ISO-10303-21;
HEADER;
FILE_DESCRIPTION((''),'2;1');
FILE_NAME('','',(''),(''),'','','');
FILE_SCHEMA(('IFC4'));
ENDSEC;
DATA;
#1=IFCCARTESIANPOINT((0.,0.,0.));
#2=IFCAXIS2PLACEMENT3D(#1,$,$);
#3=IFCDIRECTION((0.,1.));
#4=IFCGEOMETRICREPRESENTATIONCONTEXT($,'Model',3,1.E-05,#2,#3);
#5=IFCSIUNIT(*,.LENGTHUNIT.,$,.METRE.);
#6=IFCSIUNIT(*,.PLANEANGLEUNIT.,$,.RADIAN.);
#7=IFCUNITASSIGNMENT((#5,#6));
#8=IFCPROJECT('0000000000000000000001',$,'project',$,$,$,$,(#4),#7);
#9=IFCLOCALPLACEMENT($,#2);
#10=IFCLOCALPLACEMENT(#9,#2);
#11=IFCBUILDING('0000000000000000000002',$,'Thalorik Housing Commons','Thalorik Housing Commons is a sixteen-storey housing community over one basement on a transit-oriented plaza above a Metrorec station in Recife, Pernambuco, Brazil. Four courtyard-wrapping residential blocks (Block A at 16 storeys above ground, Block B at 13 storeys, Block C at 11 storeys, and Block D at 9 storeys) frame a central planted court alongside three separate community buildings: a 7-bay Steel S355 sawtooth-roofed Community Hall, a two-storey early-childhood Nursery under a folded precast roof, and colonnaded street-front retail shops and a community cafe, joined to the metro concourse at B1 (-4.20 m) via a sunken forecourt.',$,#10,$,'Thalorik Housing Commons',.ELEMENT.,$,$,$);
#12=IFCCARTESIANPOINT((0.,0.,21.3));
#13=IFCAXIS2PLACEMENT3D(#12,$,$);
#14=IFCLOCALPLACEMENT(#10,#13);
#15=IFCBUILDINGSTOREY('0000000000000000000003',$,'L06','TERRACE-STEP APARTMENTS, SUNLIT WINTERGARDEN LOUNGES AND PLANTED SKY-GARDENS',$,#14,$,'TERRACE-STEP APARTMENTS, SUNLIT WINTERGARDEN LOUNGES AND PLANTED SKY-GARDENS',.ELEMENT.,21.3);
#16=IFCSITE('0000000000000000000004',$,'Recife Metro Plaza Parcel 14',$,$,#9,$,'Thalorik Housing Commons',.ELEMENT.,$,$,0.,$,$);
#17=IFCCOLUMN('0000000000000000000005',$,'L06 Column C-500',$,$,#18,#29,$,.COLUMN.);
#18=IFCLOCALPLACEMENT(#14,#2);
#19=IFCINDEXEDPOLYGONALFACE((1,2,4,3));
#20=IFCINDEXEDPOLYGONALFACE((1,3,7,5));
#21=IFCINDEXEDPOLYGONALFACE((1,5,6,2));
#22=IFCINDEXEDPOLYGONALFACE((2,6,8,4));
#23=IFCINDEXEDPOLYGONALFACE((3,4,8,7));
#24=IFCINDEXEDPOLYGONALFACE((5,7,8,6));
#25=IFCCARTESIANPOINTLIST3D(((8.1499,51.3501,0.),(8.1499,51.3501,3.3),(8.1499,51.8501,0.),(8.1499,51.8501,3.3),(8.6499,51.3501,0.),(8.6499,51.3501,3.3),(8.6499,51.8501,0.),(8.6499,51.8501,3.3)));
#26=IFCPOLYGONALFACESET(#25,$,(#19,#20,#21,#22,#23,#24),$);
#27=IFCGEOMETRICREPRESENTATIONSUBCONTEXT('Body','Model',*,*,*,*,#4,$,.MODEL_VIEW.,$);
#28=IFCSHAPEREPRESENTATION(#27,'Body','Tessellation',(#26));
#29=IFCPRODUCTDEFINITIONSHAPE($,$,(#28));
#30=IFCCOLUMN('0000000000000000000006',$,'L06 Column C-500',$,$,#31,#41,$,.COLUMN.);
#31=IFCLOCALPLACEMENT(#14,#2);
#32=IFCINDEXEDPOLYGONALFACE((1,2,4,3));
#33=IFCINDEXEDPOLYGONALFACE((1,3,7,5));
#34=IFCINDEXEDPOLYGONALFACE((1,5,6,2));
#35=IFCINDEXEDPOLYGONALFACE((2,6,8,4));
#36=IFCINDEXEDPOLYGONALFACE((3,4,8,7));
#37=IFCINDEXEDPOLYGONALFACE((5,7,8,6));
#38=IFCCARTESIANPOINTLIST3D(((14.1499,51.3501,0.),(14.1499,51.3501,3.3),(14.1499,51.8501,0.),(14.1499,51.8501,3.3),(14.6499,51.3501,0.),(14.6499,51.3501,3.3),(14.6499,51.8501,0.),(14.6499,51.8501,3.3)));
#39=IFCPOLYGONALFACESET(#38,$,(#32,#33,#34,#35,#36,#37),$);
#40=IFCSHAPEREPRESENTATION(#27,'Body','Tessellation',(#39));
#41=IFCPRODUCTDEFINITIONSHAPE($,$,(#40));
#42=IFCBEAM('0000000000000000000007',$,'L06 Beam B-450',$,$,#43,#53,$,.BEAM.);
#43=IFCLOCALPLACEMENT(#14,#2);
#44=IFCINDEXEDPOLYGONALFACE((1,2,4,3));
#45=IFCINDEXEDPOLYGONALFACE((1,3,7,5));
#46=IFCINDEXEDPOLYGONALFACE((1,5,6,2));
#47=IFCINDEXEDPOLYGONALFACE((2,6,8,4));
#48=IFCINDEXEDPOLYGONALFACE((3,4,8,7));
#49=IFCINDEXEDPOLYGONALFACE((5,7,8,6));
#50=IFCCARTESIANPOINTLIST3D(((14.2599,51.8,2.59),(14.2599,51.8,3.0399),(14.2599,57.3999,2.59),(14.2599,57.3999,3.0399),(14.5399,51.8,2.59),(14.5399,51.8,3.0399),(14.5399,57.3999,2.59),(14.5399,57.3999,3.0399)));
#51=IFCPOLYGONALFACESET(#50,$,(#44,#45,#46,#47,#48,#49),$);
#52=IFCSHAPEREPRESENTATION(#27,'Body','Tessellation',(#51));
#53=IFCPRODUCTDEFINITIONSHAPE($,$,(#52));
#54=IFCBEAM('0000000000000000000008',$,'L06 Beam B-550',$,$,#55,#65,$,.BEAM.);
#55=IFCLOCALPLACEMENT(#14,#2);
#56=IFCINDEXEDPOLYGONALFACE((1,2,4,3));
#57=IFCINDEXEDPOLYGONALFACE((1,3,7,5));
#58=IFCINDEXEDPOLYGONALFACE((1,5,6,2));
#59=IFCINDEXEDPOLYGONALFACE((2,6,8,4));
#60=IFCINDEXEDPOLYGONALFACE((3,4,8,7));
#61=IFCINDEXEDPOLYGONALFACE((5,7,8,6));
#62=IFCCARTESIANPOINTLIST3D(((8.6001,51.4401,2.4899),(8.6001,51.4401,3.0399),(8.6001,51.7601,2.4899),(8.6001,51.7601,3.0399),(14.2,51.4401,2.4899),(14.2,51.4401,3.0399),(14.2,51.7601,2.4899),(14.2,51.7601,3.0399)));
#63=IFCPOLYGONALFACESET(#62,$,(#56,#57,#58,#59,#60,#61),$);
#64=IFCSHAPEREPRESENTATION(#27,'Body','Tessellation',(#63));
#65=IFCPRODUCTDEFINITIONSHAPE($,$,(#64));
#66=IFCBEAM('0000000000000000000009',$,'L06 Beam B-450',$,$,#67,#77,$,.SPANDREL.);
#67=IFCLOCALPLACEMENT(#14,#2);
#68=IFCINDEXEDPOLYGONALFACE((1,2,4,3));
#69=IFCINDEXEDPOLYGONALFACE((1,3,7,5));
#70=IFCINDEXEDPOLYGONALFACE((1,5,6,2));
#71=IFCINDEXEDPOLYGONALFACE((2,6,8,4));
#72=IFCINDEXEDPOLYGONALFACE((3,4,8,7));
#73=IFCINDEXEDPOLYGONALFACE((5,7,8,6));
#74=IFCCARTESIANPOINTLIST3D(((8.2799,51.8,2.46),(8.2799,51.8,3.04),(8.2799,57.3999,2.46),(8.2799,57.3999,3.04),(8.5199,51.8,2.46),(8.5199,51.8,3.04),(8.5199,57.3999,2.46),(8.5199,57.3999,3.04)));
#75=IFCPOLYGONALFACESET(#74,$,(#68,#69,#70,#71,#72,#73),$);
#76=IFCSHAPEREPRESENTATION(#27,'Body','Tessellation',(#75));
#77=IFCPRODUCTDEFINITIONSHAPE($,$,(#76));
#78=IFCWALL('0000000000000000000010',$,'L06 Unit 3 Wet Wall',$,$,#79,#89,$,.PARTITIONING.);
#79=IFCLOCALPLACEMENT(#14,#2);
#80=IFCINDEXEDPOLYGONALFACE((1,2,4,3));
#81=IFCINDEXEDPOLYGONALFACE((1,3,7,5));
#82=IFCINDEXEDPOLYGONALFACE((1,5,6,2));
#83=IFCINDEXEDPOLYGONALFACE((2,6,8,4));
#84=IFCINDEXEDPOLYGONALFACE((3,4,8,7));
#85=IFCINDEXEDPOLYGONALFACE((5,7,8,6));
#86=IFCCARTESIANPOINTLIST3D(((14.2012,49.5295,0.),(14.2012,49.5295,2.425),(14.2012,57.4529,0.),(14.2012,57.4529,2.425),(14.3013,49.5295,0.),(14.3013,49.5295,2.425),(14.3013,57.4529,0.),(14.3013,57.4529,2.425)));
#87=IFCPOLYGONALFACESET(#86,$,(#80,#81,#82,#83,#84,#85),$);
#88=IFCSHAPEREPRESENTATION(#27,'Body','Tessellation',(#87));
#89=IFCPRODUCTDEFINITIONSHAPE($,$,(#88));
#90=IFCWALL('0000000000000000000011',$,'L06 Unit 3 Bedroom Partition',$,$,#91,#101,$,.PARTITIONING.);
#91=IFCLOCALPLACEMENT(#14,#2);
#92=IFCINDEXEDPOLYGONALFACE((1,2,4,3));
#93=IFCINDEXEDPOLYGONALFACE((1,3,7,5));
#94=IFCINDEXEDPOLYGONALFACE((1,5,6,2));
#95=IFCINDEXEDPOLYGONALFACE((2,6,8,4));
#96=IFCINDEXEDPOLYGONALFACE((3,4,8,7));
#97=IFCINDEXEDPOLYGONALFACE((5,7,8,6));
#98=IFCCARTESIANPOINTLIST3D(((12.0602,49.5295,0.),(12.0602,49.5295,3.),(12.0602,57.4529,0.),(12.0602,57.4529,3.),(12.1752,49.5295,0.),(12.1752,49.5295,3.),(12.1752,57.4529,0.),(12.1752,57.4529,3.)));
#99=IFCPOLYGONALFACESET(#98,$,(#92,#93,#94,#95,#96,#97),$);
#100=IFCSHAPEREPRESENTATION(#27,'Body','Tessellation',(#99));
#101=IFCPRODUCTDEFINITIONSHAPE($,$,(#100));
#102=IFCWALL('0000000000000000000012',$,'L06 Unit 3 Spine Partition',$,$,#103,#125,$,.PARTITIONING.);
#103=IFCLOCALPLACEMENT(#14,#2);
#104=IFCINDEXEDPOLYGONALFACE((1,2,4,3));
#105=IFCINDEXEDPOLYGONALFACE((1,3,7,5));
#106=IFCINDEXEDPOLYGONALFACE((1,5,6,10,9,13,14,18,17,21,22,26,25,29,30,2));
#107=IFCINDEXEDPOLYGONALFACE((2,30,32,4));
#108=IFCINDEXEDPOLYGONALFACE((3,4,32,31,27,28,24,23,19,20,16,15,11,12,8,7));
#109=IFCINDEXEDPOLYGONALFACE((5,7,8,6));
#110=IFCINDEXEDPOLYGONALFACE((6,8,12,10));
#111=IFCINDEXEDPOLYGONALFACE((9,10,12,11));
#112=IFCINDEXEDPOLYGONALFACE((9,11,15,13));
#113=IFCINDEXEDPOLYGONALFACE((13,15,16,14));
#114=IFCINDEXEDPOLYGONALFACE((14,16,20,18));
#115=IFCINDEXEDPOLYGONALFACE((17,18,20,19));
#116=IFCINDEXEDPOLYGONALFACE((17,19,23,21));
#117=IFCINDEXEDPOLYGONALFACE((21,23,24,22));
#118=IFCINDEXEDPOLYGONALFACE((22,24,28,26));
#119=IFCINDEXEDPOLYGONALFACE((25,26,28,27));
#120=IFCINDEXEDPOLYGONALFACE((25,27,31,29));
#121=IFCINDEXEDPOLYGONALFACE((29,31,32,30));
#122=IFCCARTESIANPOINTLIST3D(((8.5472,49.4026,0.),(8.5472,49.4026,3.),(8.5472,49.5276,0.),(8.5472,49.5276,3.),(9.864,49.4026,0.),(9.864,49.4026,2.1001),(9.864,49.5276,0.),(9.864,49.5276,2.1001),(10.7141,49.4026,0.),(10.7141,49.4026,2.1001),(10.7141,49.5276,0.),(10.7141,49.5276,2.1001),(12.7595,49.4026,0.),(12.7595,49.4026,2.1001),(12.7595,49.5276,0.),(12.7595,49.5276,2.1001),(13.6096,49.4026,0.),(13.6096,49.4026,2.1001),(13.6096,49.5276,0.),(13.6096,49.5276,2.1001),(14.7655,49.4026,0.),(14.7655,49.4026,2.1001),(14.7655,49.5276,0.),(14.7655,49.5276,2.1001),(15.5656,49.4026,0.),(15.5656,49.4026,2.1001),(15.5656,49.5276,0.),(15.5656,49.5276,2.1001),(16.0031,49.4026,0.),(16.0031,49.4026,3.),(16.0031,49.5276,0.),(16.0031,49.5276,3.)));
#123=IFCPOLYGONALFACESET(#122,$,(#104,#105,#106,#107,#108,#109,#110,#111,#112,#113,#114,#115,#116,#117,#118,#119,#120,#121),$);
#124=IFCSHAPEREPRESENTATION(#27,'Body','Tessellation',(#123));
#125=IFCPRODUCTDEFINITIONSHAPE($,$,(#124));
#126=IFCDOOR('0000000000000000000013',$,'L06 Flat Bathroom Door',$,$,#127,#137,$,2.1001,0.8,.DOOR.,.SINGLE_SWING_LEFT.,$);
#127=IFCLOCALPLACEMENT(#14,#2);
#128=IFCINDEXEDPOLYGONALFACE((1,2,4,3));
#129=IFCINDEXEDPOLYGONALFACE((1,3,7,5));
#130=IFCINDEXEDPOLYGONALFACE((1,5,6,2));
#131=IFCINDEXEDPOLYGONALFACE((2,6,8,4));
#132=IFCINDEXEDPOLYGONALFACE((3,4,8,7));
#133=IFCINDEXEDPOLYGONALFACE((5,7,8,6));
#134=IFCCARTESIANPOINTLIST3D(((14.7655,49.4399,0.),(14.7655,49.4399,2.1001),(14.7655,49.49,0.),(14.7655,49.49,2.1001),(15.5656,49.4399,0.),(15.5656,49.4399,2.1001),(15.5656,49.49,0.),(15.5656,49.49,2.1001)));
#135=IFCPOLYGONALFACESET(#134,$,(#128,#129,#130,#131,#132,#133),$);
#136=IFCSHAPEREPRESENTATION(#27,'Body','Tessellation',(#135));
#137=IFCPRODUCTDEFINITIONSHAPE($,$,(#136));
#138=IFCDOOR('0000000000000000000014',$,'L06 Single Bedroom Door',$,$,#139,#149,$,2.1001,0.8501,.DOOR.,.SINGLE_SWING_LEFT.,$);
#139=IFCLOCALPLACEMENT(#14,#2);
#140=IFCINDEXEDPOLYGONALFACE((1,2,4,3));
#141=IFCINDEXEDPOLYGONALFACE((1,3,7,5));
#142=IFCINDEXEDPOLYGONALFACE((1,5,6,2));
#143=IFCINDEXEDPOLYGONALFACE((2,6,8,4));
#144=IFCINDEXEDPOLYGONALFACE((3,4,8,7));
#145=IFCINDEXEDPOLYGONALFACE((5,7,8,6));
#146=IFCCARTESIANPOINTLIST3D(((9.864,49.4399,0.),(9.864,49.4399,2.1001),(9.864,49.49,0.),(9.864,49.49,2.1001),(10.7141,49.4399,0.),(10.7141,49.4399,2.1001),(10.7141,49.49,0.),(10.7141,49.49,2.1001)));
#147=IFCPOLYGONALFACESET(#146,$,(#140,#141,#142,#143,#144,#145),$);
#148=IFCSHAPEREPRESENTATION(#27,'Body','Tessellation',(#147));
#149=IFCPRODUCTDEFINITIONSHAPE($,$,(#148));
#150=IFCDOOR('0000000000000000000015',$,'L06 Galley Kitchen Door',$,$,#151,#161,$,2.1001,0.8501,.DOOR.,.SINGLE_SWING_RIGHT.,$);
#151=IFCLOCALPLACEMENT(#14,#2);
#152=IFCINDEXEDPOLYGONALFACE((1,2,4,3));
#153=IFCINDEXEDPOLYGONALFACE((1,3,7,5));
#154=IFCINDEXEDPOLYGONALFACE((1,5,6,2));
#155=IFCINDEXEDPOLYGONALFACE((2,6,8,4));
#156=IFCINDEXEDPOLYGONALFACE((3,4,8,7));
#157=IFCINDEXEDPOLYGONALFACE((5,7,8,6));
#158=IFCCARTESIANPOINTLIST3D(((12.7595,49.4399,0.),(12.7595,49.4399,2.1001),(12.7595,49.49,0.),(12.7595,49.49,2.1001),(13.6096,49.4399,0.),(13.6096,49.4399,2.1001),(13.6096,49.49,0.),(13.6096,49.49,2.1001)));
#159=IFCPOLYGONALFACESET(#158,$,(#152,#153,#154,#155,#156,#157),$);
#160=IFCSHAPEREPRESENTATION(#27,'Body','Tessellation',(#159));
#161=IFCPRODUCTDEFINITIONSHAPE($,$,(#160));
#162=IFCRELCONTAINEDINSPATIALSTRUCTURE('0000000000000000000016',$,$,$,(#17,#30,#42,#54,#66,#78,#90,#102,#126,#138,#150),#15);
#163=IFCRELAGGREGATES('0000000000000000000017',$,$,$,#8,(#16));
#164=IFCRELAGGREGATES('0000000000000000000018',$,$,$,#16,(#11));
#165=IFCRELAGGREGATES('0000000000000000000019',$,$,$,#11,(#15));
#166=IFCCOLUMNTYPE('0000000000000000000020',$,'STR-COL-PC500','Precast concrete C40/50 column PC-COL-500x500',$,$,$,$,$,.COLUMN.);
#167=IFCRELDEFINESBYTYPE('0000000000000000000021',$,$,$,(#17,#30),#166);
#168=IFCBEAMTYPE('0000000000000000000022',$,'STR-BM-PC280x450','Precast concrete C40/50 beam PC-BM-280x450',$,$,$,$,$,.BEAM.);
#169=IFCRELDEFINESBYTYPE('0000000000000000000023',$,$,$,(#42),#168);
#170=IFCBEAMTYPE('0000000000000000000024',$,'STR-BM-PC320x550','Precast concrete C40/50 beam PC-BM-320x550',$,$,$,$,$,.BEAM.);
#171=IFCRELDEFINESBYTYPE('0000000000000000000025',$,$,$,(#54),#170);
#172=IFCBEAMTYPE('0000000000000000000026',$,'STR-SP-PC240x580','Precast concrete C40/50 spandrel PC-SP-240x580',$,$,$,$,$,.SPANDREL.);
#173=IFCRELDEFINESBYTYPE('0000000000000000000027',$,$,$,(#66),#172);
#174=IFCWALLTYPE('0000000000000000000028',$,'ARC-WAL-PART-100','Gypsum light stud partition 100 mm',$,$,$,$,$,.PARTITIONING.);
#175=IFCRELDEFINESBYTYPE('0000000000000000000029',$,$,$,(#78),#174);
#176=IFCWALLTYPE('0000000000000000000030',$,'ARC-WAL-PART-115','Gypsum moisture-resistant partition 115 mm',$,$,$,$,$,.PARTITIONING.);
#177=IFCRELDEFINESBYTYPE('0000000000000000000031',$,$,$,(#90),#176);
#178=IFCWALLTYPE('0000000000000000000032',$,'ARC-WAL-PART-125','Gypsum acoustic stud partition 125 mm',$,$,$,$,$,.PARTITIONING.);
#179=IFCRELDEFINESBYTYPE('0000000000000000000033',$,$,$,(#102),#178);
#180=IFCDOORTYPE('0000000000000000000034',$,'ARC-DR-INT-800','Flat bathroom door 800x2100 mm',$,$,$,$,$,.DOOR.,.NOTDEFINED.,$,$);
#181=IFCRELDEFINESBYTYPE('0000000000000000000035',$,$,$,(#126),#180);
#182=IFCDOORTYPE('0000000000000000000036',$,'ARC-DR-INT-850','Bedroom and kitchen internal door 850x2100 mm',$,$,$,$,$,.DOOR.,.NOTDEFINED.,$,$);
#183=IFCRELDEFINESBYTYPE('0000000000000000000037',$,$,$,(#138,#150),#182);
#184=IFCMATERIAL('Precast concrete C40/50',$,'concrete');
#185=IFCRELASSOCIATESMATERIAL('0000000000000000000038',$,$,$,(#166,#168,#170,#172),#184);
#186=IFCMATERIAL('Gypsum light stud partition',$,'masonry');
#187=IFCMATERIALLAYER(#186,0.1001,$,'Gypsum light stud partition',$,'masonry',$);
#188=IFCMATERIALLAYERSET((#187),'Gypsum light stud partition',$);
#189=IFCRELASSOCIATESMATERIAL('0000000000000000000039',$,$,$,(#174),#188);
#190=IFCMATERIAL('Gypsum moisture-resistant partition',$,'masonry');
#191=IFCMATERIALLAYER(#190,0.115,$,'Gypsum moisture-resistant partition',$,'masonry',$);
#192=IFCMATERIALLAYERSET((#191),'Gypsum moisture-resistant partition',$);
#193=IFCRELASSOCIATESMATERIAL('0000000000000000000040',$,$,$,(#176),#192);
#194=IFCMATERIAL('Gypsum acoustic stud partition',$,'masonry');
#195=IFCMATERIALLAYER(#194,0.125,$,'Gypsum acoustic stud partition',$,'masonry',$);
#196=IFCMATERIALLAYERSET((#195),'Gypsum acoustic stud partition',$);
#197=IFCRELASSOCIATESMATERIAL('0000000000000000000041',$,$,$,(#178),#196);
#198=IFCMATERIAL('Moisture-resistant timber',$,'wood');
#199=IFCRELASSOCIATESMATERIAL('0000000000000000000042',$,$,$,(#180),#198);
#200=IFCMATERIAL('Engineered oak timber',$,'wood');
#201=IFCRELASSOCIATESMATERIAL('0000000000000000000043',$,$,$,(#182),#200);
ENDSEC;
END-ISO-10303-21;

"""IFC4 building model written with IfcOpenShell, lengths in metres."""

from ifc_helpers import new_model, si_unit, direction, frame, frame_2d, origin, origin_2d, place, context, subcontext, project, spatial, rectangle, extrude, material, layer, layer_set, material_profile, profile_set, type_object, element, fill, save


model = new_model("IFC4")

# Units and contexts
model_context = context("Model", 3, precision=1e-05, world=origin(), true_north=direction((0.0, 1.0)))
body_context = subcontext(model_context, "Body", "Model", "MODEL_VIEW")
ifc_project = project(units=[si_unit("LENGTHUNIT", "METRE"), si_unit("PLANEANGLEUNIT", "RADIAN")], contexts=[model_context])

# Site, building, storey
site_placement = place(None, origin())
site = spatial("IfcSite", under=ifc_project, at=site_placement, Name="Recife Metro Plaza Parcel 14", LongName="Thalorik Housing Commons", CompositionType="ELEMENT", RefElevation=0.0)
building_placement = place(site_placement, origin())
building = spatial("IfcBuilding", under=site, at=building_placement, Name="Thalorik Housing Commons", Description="Thalorik Housing Commons is a sixteen-storey housing community over one basement on a transit-oriented plaza above a Metrorec station in Recife, Pernambuco, Brazil. Four courtyard-wrapping residential blocks (Block A at 16 storeys above ground, Block B at 13 storeys, Block C at 11 storeys, and Block D at 9 storeys) frame a central planted court alongside three separate community buildings: a 7-bay Steel S355 sawtooth-roofed Community Hall, a two-storey early-childhood Nursery under a folded precast roof, and colonnaded street-front retail shops and a community cafe, joined to the metro concourse at B1 (-4.20 m) via a sunken forecourt.", LongName="Thalorik Housing Commons", CompositionType="ELEMENT")
storey_placement = place(building_placement, frame((0.0, 0.0, 21.3)))
storey = spatial("IfcBuildingStorey", under=building, at=storey_placement, Name="L06", Description="TERRACE-STEP APARTMENTS, SUNLIT WINTERGARDEN LOUNGES AND PLANTED SKY-GARDENS", LongName="TERRACE-STEP APARTMENTS, SUNLIT WINTERGARDEN LOUNGES AND PLANTED SKY-GARDENS", CompositionType="ELEMENT", Elevation=21.3)

# Columns
ifc_material_1 = material(Name="Precast concrete C40/50", Category="concrete")
ifc_material_profile_1 = material_profile(ifc_material_1, rectangle(XDim=0.5, YDim=0.5, at=origin_2d()), Name="PC 500x500", Category="concrete")
ifc_profile_set_1 = profile_set([ifc_material_profile_1], Name="Precast concrete C40/50")
column_type = type_object("IfcColumnType", Name="STR-COL-PC500", Description="Precast concrete C40/50 column PC-COL-500x500", PredefinedType="COLUMN", material=ifc_profile_set_1)
for number, where, z_axis, x_axis, name in (
    (1, (8.3999, 51.6001, 0.0), (0.0, 0.0, 1.0), (1.0, 0.0, 0.0), "L06 Column C-500"),
    (2, (14.3999, 51.6001, 0.0), (0.0, 0.0, 1.0), (1.0, 0.0, 0.0), "L06 Column C-500"),
):
    element("IfcColumn", number, at=place(storey_placement, frame(where, z_axis=z_axis, x_axis=x_axis)), inside=storey, type_object=column_type, Name=name, PredefinedType="COLUMN", context=body_context, shape_type="SweptSolid", body=[
        extrude(rectangle(XDim=0.5, YDim=0.5, at=origin_2d()), origin(), (0.0, 0.0, 1.0), 3.3),
    ])

# Beams
ifc_material_profile_2 = material_profile(ifc_material_1, rectangle(XDim=0.28, YDim=0.45, at=origin_2d()), Name="PC 280x450", Category="concrete")
ifc_profile_set_2 = profile_set([ifc_material_profile_2], Name="Precast concrete C40/50")
beam_type_1 = type_object("IfcBeamType", Name="STR-BM-PC280x450", Description="Precast concrete C40/50 beam PC-BM-280x450", PredefinedType="BEAM", material=ifc_profile_set_2)
beam_1_placement = place(storey_placement, frame((14.3999, 51.8, 2.8149), z_axis=(0.0, 1.0, 0.0), x_axis=(-1.0, 0.0, 0.0)))
element("IfcBeam", 3, at=beam_1_placement, inside=storey, type_object=beam_type_1, Name="L06 Beam B-450", PredefinedType="BEAM", context=body_context, shape_type="SweptSolid", body=[
    extrude(rectangle(XDim=0.28, YDim=0.45, at=origin_2d()), origin(), (0.0, 0.0, 1.0), 5.5999),
])
ifc_material_profile_3 = material_profile(ifc_material_1, rectangle(XDim=0.3201, YDim=0.55, at=origin_2d()), Name="PC 320x550", Category="concrete")
ifc_profile_set_3 = profile_set([ifc_material_profile_3], Name="Precast concrete C40/50")
beam_type_2 = type_object("IfcBeamType", Name="STR-BM-PC320x550", Description="Precast concrete C40/50 beam PC-BM-320x550", PredefinedType="BEAM", material=ifc_profile_set_3)
beam_2_placement = place(storey_placement, frame((8.6001, 51.6001, 2.7649), z_axis=(1.0, 0.0, 0.0), x_axis=(0.0, 1.0, 0.0)))
element("IfcBeam", 4, at=beam_2_placement, inside=storey, type_object=beam_type_2, Name="L06 Beam B-550", PredefinedType="BEAM", context=body_context, shape_type="SweptSolid", body=[
    extrude(rectangle(XDim=0.3201, YDim=0.55, at=origin_2d()), origin(), (0.0, 0.0, 1.0), 5.5999),
])
ifc_material_profile_4 = material_profile(ifc_material_1, rectangle(XDim=0.24, YDim=0.5801, at=origin_2d()), Name="PC SP 240x580", Category="concrete")
ifc_profile_set_4 = profile_set([ifc_material_profile_4], Name="Precast concrete C40/50")
beam_type_3 = type_object("IfcBeamType", Name="STR-SP-PC240x580", Description="Precast concrete C40/50 spandrel PC-SP-240x580", PredefinedType="SPANDREL", material=ifc_profile_set_4)
beam_3_placement = place(storey_placement, frame((8.3999, 51.8, 2.75), z_axis=(0.0, 1.0, 0.0), x_axis=(-1.0, 0.0, 0.0)))
element("IfcBeam", 5, at=beam_3_placement, inside=storey, type_object=beam_type_3, Name="L06 Beam B-450", PredefinedType="SPANDREL", context=body_context, shape_type="SweptSolid", body=[
    extrude(rectangle(XDim=0.24, YDim=0.5801, at=origin_2d()), origin(), (0.0, 0.0, 1.0), 5.5999),
])

# Walls
ifc_material_2 = material(Name="Gypsum light stud partition", Category="masonry")
ifc_layer_1 = layer(ifc_material_2, 0.1001, Name="Gypsum light stud partition", Category="masonry")
ifc_layer_set_1 = layer_set([ifc_layer_1], Name="Gypsum light stud partition")
wall_type_1 = type_object("IfcWallType", Name="ARC-WAL-PART-100", Description="Gypsum light stud partition 100 mm", PredefinedType="PARTITIONING", material=ifc_layer_set_1)
wall_1_placement = place(storey_placement, frame((14.2512, 49.5295, 0.0), z_axis=(0.0, 0.0, 1.0), x_axis=(0.0, 1.0, 0.0)))
element("IfcWall", 6, at=wall_1_placement, inside=storey, type_object=wall_type_1, Name="L06 Unit 3 Wet Wall", PredefinedType="PARTITIONING", context=body_context, shape_type="SweptSolid", body=[
    extrude(rectangle(XDim=7.9233, YDim=0.1001, at=frame_2d((3.9617, 0.0))), origin(), (0.0, 0.0, 1.0), 2.425),
])
ifc_material_3 = material(Name="Gypsum moisture-resistant partition", Category="masonry")
ifc_layer_2 = layer(ifc_material_3, 0.115, Name="Gypsum moisture-resistant partition", Category="masonry")
ifc_layer_set_2 = layer_set([ifc_layer_2], Name="Gypsum moisture-resistant partition")
wall_type_2 = type_object("IfcWallType", Name="ARC-WAL-PART-115", Description="Gypsum moisture-resistant partition 115 mm", PredefinedType="PARTITIONING", material=ifc_layer_set_2)
wall_2_placement = place(storey_placement, frame((12.1177, 49.5295, 0.0), z_axis=(0.0, 0.0, 1.0), x_axis=(0.0, 1.0, 0.0)))
element("IfcWall", 7, at=wall_2_placement, inside=storey, type_object=wall_type_2, Name="L06 Unit 3 Bedroom Partition", PredefinedType="PARTITIONING", context=body_context, shape_type="SweptSolid", body=[
    extrude(rectangle(XDim=7.9233, YDim=0.115, at=frame_2d((3.9617, 0.0))), origin(), (0.0, 0.0, 1.0), 3.0),
])

# Wall, openings, doors
ifc_material_4 = material(Name="Gypsum acoustic stud partition", Category="masonry")
ifc_layer_3 = layer(ifc_material_4, 0.125, Name="Gypsum acoustic stud partition", Category="masonry")
ifc_layer_set_3 = layer_set([ifc_layer_3], Name="Gypsum acoustic stud partition")
wall_type_3 = type_object("IfcWallType", Name="ARC-WAL-PART-125", Description="Gypsum acoustic stud partition 125 mm", PredefinedType="PARTITIONING", material=ifc_layer_set_3)
wall_3_placement = place(storey_placement, frame((8.5471, 49.4651, 0.0), z_axis=(0.0, 0.0, 1.0), x_axis=(1.0, 0.0, 0.0)))
wall_3 = element("IfcWall", 8, at=wall_3_placement, inside=storey, type_object=wall_type_3, Name="L06 Unit 3 Spine Partition", PredefinedType="PARTITIONING", context=body_context, shape_type="SweptSolid", body=[
    extrude(rectangle(XDim=7.4558, YDim=0.125, at=frame_2d((3.728, 0.0))), origin(), (0.0, 0.0, 1.0), 3.0),
])
opening_1_placement = place(wall_3_placement, frame((1.3169, 0.0, 0.0)))
opening_1 = element("IfcOpeningElement", 9, at=opening_1_placement, cuts=wall_3, PredefinedType="OPENING", context=body_context, shape_type="SweptSolid", body=[
    extrude(rectangle(XDim=0.8501, YDim=2.1001, at=frame_2d((0.425, 1.05))), frame((0.0, 0.0725, 0.0), z_axis=(0.0, -1.0, 0.0), x_axis=(1.0, 0.0, 0.0)), (0.0, 0.0, 1.0), 0.145),
])
opening_2_placement = place(wall_3_placement, frame((4.2124, 0.0, 0.0)))
opening_2 = element("IfcOpeningElement", 10, at=opening_2_placement, cuts=wall_3, PredefinedType="OPENING", context=body_context, shape_type="SweptSolid", body=[
    extrude(rectangle(XDim=0.8501, YDim=2.1001, at=frame_2d((0.425, 1.05))), frame((0.0, 0.0725, 0.0), z_axis=(0.0, -1.0, 0.0), x_axis=(1.0, 0.0, 0.0)), (0.0, 0.0, 1.0), 0.145),
])
opening_3_placement = place(wall_3_placement, frame((6.2185, 0.0, 0.0)))
opening_3 = element("IfcOpeningElement", 11, at=opening_3_placement, cuts=wall_3, PredefinedType="OPENING", context=body_context, shape_type="SweptSolid", body=[
    extrude(rectangle(XDim=0.8, YDim=2.1001, at=frame_2d((0.3999, 1.05))), frame((0.0, 0.0725, 0.0), z_axis=(0.0, -1.0, 0.0), x_axis=(1.0, 0.0, 0.0)), (0.0, 0.0, 1.0), 0.145),
])
ifc_material_5 = material(Name="Moisture-resistant timber", Category="wood")
door_type_1 = type_object("IfcDoorType", Name="ARC-DR-INT-800", Description="Flat bathroom door 800x2100 mm", OperationType="NOTDEFINED", PredefinedType="DOOR", material=ifc_material_5)
door_1_placement = place(opening_3_placement, origin())
door_1 = element("IfcDoor", 12, at=door_1_placement, inside=storey, type_object=door_type_1, Name="L06 Flat Bathroom Door", OperationType="SINGLE_SWING_LEFT", OverallHeight=2.1001, OverallWidth=0.8, PredefinedType="DOOR", context=body_context, shape_type="SweptSolid", body=[
    extrude(rectangle(XDim=0.8, YDim=2.1001, at=frame_2d((0.3999, 1.05))), frame((0.0, 0.0249, 0.0), z_axis=(0.0, -1.0, 0.0), x_axis=(1.0, 0.0, 0.0)), (0.0, 0.0, 1.0), 0.05),
])
fill(opening_3, door_1)
ifc_material_6 = material(Name="Engineered oak timber", Category="wood")
door_type_2 = type_object("IfcDoorType", Name="ARC-DR-INT-850", Description="Bedroom and kitchen internal door 850x2100 mm", OperationType="NOTDEFINED", PredefinedType="DOOR", material=ifc_material_6)
door_2_placement = place(opening_1_placement, origin())
door_2 = element("IfcDoor", 13, at=door_2_placement, inside=storey, type_object=door_type_2, Name="L06 Single Bedroom Door", OperationType="SINGLE_SWING_LEFT", OverallHeight=2.1001, OverallWidth=0.8501, PredefinedType="DOOR", context=body_context, shape_type="SweptSolid", body=[
    extrude(rectangle(XDim=0.8501, YDim=2.1001, at=frame_2d((0.425, 1.05))), frame((0.0, 0.0249, 0.0), z_axis=(0.0, -1.0, 0.0), x_axis=(1.0, 0.0, 0.0)), (0.0, 0.0, 1.0), 0.05),
])
fill(opening_1, door_2)
door_3_placement = place(opening_2_placement, origin())
door_3 = element("IfcDoor", 14, at=door_3_placement, inside=storey, type_object=door_type_2, Name="L06 Galley Kitchen Door", OperationType="SINGLE_SWING_RIGHT", OverallHeight=2.1001, OverallWidth=0.8501, PredefinedType="DOOR", context=body_context, shape_type="SweptSolid", body=[
    extrude(rectangle(XDim=0.8501, YDim=2.1001, at=frame_2d((0.425, 1.05))), frame((0.0, 0.0249, 0.0), z_axis=(0.0, -1.0, 0.0), x_axis=(1.0, 0.0, 0.0)), (0.0, 0.0, 1.0), 0.05),
])
fill(opening_2, door_3)

save(model, "model.ifc")
